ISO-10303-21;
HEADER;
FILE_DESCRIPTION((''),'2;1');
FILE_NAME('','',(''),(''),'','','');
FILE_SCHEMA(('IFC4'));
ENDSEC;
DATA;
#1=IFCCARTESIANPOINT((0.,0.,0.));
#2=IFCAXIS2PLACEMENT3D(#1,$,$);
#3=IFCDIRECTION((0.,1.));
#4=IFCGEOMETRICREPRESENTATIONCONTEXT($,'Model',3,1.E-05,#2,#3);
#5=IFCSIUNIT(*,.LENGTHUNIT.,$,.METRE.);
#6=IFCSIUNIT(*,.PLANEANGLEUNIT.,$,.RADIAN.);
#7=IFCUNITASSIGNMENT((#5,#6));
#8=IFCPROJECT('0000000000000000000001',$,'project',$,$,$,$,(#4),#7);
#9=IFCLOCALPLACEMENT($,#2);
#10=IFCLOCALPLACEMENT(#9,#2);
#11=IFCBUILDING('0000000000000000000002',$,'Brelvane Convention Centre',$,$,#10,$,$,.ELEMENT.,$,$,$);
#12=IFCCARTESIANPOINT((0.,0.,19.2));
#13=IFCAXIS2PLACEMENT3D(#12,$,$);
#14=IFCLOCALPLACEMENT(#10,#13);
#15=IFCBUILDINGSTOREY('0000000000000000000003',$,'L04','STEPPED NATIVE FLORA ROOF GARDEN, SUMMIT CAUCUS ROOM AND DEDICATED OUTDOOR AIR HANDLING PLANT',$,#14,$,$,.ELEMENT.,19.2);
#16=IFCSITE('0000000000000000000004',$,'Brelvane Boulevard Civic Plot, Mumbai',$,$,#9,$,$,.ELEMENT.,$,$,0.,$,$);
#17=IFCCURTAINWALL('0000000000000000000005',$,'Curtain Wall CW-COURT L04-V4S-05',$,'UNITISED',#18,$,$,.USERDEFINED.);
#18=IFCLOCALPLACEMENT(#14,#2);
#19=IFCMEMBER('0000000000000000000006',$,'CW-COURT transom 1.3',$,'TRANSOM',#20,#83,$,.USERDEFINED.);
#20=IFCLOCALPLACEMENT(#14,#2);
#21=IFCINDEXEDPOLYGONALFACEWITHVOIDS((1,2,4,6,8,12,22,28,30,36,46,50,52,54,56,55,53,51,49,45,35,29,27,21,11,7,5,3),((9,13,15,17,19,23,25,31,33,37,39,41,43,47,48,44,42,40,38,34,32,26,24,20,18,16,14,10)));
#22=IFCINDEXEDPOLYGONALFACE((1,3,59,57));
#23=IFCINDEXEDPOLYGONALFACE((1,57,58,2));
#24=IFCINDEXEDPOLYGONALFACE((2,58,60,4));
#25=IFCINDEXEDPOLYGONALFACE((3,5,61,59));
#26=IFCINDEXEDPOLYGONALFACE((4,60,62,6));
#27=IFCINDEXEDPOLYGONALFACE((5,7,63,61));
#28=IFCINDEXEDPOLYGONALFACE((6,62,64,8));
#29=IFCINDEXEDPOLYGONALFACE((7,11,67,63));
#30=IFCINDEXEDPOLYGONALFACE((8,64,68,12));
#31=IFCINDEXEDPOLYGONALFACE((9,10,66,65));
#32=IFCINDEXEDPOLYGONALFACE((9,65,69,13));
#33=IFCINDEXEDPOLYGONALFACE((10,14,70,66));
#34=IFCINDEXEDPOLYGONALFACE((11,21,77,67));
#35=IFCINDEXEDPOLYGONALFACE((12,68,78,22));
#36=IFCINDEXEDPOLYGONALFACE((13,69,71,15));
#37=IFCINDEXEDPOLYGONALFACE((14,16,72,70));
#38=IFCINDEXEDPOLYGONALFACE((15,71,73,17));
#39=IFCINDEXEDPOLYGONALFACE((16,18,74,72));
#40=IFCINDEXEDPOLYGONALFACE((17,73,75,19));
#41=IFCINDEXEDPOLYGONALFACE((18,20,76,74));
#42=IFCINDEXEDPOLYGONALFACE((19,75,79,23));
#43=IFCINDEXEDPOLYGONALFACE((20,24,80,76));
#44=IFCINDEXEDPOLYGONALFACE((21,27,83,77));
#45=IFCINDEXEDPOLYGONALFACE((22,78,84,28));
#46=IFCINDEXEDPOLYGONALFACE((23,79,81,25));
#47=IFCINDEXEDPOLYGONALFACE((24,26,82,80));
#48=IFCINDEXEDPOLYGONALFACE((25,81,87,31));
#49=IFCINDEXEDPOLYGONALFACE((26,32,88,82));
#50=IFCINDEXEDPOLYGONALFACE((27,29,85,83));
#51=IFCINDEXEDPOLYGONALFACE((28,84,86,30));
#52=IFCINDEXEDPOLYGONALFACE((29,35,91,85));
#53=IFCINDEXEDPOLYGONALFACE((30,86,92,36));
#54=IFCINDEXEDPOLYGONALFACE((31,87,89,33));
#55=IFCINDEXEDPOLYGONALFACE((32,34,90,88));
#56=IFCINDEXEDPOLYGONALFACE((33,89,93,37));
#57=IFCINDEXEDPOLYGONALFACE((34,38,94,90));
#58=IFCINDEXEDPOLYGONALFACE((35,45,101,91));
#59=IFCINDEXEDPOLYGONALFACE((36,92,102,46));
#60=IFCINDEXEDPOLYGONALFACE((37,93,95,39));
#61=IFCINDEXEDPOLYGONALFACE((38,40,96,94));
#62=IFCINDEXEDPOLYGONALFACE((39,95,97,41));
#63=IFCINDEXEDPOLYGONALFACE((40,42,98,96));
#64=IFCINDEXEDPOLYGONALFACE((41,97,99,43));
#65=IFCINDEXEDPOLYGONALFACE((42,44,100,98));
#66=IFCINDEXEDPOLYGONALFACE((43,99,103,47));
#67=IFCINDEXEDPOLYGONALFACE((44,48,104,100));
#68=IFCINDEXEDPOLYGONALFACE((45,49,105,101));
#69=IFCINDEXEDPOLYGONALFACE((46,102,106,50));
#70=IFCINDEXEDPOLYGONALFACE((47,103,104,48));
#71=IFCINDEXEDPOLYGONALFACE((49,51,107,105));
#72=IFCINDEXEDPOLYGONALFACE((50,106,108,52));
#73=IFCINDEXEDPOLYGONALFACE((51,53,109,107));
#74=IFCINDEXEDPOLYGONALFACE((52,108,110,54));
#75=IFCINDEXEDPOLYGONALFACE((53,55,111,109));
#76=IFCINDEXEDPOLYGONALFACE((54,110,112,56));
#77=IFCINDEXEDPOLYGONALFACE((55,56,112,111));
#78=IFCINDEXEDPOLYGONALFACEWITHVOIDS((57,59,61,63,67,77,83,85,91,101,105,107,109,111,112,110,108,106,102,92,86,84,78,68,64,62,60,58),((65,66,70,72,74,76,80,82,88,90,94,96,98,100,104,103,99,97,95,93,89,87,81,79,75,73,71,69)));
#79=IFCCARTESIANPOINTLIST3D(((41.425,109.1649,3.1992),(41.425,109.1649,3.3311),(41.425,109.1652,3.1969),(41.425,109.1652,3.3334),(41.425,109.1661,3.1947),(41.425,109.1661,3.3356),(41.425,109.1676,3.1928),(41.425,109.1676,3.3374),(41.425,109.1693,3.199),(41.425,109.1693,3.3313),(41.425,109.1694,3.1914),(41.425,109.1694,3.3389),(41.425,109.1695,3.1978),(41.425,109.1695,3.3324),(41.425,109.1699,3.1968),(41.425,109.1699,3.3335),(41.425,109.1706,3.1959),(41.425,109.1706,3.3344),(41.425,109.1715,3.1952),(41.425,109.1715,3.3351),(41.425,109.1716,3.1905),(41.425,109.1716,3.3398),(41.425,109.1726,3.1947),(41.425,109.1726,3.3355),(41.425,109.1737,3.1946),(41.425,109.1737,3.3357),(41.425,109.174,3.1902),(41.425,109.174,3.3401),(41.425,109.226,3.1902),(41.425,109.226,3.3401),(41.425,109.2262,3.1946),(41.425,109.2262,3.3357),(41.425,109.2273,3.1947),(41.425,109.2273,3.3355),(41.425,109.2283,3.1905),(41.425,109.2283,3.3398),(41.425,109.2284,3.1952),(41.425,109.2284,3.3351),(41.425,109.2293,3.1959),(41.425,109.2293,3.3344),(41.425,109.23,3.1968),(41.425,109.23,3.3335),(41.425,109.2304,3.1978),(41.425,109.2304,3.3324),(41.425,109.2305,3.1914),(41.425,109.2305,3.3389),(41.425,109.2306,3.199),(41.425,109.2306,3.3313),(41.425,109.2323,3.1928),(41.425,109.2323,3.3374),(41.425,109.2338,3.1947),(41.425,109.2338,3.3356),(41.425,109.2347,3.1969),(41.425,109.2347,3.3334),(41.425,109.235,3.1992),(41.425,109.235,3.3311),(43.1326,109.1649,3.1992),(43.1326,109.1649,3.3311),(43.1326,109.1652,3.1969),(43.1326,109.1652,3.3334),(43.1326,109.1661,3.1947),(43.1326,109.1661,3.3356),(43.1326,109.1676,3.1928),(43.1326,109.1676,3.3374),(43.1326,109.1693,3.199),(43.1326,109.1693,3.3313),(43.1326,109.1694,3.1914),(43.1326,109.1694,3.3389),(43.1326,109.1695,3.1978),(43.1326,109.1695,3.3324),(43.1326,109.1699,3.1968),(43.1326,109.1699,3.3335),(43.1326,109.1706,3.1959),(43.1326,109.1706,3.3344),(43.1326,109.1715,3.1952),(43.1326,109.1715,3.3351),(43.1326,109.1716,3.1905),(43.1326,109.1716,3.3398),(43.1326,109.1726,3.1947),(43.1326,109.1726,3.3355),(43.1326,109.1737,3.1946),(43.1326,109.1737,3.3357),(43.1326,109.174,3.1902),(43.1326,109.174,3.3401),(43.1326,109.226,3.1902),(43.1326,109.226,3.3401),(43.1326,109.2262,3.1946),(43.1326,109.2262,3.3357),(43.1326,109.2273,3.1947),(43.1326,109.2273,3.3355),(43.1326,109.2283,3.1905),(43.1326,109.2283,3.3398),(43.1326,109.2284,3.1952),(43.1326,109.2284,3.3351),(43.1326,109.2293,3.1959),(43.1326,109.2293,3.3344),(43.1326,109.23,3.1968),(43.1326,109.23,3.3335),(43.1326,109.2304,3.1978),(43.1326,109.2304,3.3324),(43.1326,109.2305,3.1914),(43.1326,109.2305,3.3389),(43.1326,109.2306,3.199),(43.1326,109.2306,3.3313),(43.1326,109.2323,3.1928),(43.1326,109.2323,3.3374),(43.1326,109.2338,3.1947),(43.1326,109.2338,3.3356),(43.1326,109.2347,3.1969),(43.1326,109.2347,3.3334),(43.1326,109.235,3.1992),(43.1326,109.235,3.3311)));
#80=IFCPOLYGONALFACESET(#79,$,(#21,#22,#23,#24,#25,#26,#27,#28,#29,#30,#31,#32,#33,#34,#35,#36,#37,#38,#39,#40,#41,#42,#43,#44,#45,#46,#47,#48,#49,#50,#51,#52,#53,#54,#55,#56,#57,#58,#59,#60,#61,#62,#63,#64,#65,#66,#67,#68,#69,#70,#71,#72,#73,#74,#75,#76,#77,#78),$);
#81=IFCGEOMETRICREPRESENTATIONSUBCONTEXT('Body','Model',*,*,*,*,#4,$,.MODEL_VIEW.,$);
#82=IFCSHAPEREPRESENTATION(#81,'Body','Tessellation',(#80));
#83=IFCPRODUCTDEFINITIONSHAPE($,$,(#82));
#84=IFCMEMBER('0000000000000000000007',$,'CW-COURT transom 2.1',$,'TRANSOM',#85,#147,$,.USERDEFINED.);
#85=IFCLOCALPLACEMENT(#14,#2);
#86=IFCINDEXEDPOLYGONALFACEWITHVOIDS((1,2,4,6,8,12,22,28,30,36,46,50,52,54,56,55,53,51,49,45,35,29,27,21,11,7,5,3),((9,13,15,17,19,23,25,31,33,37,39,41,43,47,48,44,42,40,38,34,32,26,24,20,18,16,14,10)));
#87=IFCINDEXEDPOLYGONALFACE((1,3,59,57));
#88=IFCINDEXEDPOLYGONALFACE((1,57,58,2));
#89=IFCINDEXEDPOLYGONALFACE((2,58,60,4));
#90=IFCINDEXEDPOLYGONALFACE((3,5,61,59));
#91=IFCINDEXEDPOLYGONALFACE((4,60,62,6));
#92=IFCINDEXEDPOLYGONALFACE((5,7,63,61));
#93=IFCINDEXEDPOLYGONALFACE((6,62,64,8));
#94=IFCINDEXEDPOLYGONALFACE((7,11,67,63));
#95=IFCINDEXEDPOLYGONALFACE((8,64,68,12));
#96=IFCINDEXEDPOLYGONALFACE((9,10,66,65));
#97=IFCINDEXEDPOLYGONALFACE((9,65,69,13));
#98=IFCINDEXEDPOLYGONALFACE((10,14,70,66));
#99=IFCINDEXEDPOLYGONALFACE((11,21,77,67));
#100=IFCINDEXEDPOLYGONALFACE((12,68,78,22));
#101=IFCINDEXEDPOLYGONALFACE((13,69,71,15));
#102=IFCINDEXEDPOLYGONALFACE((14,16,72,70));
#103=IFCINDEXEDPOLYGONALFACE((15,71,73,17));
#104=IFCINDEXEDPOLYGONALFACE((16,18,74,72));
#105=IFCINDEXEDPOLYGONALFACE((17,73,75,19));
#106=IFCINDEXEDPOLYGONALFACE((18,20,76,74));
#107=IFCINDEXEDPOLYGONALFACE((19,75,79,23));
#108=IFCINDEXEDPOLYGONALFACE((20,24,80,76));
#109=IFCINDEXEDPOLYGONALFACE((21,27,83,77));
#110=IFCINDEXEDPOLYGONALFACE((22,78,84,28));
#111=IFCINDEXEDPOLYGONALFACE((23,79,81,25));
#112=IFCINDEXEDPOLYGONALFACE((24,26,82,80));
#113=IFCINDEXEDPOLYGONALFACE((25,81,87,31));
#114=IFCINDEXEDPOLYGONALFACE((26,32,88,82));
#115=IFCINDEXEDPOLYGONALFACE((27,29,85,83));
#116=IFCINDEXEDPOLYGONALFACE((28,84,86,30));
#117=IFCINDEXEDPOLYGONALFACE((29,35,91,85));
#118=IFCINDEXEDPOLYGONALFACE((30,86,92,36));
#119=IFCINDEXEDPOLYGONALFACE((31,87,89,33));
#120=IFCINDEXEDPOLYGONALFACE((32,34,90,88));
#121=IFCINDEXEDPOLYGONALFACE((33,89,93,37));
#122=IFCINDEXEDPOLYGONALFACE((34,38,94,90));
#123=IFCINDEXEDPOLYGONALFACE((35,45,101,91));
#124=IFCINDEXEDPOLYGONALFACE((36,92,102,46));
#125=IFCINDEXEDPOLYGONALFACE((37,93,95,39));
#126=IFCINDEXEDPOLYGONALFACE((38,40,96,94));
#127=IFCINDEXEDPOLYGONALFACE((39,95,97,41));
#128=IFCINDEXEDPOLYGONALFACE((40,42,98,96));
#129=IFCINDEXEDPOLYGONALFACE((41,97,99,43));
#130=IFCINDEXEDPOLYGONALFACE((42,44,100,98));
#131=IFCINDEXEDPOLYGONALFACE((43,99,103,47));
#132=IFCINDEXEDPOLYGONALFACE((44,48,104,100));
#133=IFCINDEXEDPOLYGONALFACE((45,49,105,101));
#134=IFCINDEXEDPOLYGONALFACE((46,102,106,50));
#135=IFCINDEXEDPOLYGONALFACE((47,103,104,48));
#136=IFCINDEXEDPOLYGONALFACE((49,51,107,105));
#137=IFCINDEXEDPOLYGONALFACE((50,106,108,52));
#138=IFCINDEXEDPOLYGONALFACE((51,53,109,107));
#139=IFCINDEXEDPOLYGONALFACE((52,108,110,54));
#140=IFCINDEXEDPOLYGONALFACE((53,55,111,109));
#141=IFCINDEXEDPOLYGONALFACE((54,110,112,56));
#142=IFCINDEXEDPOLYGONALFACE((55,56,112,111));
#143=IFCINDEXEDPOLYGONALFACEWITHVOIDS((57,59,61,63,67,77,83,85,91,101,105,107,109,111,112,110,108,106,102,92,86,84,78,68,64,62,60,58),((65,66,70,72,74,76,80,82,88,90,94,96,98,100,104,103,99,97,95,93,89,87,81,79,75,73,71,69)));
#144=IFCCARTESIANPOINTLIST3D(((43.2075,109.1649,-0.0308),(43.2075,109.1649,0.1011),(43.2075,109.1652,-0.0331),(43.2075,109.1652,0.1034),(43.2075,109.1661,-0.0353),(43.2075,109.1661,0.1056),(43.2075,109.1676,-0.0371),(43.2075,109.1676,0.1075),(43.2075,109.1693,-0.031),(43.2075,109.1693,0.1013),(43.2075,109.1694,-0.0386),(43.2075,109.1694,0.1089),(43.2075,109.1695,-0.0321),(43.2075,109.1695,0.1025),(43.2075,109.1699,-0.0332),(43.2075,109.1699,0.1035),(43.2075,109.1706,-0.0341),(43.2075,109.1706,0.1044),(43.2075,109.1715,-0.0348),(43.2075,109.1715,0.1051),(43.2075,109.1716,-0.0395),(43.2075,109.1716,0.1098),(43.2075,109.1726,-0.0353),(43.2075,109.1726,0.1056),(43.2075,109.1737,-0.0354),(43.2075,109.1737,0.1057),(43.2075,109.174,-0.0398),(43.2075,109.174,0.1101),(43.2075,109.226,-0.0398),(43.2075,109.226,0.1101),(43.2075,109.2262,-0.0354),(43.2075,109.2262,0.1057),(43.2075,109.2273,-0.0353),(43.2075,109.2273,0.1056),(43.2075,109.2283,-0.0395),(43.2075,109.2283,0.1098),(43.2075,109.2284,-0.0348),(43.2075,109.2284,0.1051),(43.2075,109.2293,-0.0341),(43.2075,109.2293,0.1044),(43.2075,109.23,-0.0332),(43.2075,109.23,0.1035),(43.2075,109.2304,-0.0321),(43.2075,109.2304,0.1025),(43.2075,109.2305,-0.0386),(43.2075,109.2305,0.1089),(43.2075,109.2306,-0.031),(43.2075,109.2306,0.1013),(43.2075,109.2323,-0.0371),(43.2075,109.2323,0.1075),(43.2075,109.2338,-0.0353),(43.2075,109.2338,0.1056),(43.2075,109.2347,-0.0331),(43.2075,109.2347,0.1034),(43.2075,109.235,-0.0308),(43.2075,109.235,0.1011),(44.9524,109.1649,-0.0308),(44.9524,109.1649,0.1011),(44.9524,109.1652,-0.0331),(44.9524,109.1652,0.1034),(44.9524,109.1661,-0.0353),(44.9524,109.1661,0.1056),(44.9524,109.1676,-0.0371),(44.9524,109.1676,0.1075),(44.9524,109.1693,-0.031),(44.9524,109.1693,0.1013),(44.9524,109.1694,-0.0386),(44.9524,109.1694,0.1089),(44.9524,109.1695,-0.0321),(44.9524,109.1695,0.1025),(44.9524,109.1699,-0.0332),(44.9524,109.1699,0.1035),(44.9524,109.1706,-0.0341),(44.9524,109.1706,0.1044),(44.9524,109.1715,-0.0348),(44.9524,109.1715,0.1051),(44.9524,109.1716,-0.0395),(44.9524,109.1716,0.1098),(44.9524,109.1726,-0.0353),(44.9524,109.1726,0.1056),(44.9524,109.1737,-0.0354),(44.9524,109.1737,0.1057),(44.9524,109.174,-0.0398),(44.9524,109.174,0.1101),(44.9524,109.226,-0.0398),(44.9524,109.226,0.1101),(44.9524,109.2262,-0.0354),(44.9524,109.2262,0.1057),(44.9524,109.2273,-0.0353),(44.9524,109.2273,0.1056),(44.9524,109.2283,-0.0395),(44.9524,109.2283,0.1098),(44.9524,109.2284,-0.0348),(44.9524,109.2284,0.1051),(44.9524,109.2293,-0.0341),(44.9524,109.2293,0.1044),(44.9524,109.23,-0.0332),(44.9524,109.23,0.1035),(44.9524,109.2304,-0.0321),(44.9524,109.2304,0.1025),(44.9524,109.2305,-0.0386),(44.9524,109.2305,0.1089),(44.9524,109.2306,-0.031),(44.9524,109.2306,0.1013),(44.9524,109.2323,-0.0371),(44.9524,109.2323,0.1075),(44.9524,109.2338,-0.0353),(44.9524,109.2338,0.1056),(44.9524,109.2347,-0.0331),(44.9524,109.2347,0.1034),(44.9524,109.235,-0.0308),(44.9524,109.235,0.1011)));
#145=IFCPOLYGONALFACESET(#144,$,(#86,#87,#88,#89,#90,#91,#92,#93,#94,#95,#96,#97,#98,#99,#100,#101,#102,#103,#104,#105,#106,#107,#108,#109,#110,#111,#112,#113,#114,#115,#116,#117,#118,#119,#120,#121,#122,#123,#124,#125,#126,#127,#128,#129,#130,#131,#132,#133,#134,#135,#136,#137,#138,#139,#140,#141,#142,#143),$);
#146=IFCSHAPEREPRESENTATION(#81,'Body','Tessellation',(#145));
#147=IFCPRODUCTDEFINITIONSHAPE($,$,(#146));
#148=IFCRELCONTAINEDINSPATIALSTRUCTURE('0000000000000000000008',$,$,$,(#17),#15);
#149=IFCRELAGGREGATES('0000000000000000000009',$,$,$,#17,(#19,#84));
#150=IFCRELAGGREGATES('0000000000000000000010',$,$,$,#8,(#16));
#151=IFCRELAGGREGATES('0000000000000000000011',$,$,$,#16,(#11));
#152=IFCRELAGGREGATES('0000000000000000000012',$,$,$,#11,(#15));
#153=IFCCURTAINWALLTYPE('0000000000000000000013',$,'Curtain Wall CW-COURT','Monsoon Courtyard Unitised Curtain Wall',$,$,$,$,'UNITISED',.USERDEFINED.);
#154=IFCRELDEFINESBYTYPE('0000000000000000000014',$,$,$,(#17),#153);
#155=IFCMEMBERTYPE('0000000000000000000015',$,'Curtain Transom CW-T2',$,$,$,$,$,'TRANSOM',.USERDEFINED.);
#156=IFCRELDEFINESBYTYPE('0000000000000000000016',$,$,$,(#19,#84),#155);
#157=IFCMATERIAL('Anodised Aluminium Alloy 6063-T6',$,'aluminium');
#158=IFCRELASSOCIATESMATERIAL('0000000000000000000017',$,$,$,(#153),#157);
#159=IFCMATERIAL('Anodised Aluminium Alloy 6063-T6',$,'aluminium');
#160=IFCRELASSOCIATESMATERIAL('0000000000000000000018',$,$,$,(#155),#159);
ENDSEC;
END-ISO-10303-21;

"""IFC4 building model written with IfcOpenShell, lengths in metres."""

from ifc_helpers import new_model, si_unit, direction, frame, origin, origin_2d, place, context, subcontext, project, spatial, hollow_rectangle, extrude, material, material_profile, profile_set, type_object, element, aggregate, save


model = new_model("IFC4")

# Units and contexts
model_context = context("Model", 3, precision=1e-05, world=origin(), true_north=direction((0.0, 1.0)))
body_context = subcontext(model_context, "Body", "Model", "MODEL_VIEW")
ifc_project = project(units=[si_unit("LENGTHUNIT", "METRE"), si_unit("PLANEANGLEUNIT", "RADIAN")], contexts=[model_context])

# Site, building, storey
site_placement = place(None, origin())
site = spatial("IfcSite", under=ifc_project, at=site_placement, Name="Brelvane Boulevard Civic Plot, Mumbai", CompositionType="ELEMENT", RefElevation=0.0)
building_placement = place(site_placement, origin())
building = spatial("IfcBuilding", under=site, at=building_placement, Name="Brelvane Convention Centre", CompositionType="ELEMENT")
storey_placement = place(building_placement, frame((0.0, 0.0, 19.2)))
storey = spatial("IfcBuildingStorey", under=building, at=storey_placement, Name="L04", Description="STEPPED NATIVE FLORA ROOF GARDEN, SUMMIT CAUCUS ROOM AND DEDICATED OUTDOOR AIR HANDLING PLANT", CompositionType="ELEMENT", Elevation=19.2)

# Curtain wall, members
ifc_material_1 = material(Name="Anodised Aluminium Alloy 6063-T6", Category="aluminium")
curtain_wall_type = type_object("IfcCurtainWallType", Name="Curtain Wall CW-COURT", Description="Monsoon Courtyard Unitised Curtain Wall", ElementType="UNITISED", PredefinedType="USERDEFINED", material=ifc_material_1)
curtain_wall_placement = place(storey_placement, origin())
curtain_wall = element("IfcCurtainWall", 1, at=curtain_wall_placement, inside=storey, type_object=curtain_wall_type, Name="Curtain Wall CW-COURT L04-V4S-05", ObjectType="UNITISED", PredefinedType="USERDEFINED")
ifc_material_2 = material(Name="Anodised Aluminium Alloy 6063-T6", Category="aluminium")
ifc_material_profile_1 = material_profile(ifc_material_2, hollow_rectangle(XDim=0.0701, YDim=0.1499, WallThickness=0.0044, InnerFilletRadius=0.0044, OuterFilletRadius=0.009, at=origin_2d()), Name="ALU-T 150x70x4.5")
ifc_profile_set_1 = profile_set([ifc_material_profile_1], Name="Anodised Aluminium Alloy 6063-T6")
member_type_1 = type_object("IfcMemberType", Name="Curtain Transom CW-T2", ElementType="TRANSOM", PredefinedType="USERDEFINED", material=ifc_profile_set_1)
member_1_placement = place(storey_placement, frame((41.425, 109.2, 3.2651), z_axis=(1.0, 0.0, 0.0), x_axis=(0.0, 1.0, 0.0)))
member_1 = element("IfcMember", 2, at=member_1_placement, type_object=member_type_1, Name="CW-COURT transom 1.3", ObjectType="TRANSOM", PredefinedType="USERDEFINED", context=body_context, shape_type="SweptSolid", body=[
    extrude(hollow_rectangle(XDim=0.0701, YDim=0.1499, WallThickness=0.0044, InnerFilletRadius=0.0044, OuterFilletRadius=0.009, at=origin_2d()), origin(), (0.0, 0.0, 1.0), 1.7075),
])
member_2_placement = place(storey_placement, frame((43.2075, 109.2, 0.0352), z_axis=(1.0, 0.0, 0.0), x_axis=(0.0, 1.0, 0.0)))
member_2 = element("IfcMember", 3, at=member_2_placement, type_object=member_type_1, Name="CW-COURT transom 2.1", ObjectType="TRANSOM", PredefinedType="USERDEFINED", context=body_context, shape_type="SweptSolid", body=[
    extrude(hollow_rectangle(XDim=0.0701, YDim=0.1499, WallThickness=0.0044, InnerFilletRadius=0.0044, OuterFilletRadius=0.009, at=origin_2d()), origin(), (0.0, 0.0, 1.0), 1.7449),
])

aggregate(curtain_wall, [member_1, member_2])

save(model, "model.ifc")
